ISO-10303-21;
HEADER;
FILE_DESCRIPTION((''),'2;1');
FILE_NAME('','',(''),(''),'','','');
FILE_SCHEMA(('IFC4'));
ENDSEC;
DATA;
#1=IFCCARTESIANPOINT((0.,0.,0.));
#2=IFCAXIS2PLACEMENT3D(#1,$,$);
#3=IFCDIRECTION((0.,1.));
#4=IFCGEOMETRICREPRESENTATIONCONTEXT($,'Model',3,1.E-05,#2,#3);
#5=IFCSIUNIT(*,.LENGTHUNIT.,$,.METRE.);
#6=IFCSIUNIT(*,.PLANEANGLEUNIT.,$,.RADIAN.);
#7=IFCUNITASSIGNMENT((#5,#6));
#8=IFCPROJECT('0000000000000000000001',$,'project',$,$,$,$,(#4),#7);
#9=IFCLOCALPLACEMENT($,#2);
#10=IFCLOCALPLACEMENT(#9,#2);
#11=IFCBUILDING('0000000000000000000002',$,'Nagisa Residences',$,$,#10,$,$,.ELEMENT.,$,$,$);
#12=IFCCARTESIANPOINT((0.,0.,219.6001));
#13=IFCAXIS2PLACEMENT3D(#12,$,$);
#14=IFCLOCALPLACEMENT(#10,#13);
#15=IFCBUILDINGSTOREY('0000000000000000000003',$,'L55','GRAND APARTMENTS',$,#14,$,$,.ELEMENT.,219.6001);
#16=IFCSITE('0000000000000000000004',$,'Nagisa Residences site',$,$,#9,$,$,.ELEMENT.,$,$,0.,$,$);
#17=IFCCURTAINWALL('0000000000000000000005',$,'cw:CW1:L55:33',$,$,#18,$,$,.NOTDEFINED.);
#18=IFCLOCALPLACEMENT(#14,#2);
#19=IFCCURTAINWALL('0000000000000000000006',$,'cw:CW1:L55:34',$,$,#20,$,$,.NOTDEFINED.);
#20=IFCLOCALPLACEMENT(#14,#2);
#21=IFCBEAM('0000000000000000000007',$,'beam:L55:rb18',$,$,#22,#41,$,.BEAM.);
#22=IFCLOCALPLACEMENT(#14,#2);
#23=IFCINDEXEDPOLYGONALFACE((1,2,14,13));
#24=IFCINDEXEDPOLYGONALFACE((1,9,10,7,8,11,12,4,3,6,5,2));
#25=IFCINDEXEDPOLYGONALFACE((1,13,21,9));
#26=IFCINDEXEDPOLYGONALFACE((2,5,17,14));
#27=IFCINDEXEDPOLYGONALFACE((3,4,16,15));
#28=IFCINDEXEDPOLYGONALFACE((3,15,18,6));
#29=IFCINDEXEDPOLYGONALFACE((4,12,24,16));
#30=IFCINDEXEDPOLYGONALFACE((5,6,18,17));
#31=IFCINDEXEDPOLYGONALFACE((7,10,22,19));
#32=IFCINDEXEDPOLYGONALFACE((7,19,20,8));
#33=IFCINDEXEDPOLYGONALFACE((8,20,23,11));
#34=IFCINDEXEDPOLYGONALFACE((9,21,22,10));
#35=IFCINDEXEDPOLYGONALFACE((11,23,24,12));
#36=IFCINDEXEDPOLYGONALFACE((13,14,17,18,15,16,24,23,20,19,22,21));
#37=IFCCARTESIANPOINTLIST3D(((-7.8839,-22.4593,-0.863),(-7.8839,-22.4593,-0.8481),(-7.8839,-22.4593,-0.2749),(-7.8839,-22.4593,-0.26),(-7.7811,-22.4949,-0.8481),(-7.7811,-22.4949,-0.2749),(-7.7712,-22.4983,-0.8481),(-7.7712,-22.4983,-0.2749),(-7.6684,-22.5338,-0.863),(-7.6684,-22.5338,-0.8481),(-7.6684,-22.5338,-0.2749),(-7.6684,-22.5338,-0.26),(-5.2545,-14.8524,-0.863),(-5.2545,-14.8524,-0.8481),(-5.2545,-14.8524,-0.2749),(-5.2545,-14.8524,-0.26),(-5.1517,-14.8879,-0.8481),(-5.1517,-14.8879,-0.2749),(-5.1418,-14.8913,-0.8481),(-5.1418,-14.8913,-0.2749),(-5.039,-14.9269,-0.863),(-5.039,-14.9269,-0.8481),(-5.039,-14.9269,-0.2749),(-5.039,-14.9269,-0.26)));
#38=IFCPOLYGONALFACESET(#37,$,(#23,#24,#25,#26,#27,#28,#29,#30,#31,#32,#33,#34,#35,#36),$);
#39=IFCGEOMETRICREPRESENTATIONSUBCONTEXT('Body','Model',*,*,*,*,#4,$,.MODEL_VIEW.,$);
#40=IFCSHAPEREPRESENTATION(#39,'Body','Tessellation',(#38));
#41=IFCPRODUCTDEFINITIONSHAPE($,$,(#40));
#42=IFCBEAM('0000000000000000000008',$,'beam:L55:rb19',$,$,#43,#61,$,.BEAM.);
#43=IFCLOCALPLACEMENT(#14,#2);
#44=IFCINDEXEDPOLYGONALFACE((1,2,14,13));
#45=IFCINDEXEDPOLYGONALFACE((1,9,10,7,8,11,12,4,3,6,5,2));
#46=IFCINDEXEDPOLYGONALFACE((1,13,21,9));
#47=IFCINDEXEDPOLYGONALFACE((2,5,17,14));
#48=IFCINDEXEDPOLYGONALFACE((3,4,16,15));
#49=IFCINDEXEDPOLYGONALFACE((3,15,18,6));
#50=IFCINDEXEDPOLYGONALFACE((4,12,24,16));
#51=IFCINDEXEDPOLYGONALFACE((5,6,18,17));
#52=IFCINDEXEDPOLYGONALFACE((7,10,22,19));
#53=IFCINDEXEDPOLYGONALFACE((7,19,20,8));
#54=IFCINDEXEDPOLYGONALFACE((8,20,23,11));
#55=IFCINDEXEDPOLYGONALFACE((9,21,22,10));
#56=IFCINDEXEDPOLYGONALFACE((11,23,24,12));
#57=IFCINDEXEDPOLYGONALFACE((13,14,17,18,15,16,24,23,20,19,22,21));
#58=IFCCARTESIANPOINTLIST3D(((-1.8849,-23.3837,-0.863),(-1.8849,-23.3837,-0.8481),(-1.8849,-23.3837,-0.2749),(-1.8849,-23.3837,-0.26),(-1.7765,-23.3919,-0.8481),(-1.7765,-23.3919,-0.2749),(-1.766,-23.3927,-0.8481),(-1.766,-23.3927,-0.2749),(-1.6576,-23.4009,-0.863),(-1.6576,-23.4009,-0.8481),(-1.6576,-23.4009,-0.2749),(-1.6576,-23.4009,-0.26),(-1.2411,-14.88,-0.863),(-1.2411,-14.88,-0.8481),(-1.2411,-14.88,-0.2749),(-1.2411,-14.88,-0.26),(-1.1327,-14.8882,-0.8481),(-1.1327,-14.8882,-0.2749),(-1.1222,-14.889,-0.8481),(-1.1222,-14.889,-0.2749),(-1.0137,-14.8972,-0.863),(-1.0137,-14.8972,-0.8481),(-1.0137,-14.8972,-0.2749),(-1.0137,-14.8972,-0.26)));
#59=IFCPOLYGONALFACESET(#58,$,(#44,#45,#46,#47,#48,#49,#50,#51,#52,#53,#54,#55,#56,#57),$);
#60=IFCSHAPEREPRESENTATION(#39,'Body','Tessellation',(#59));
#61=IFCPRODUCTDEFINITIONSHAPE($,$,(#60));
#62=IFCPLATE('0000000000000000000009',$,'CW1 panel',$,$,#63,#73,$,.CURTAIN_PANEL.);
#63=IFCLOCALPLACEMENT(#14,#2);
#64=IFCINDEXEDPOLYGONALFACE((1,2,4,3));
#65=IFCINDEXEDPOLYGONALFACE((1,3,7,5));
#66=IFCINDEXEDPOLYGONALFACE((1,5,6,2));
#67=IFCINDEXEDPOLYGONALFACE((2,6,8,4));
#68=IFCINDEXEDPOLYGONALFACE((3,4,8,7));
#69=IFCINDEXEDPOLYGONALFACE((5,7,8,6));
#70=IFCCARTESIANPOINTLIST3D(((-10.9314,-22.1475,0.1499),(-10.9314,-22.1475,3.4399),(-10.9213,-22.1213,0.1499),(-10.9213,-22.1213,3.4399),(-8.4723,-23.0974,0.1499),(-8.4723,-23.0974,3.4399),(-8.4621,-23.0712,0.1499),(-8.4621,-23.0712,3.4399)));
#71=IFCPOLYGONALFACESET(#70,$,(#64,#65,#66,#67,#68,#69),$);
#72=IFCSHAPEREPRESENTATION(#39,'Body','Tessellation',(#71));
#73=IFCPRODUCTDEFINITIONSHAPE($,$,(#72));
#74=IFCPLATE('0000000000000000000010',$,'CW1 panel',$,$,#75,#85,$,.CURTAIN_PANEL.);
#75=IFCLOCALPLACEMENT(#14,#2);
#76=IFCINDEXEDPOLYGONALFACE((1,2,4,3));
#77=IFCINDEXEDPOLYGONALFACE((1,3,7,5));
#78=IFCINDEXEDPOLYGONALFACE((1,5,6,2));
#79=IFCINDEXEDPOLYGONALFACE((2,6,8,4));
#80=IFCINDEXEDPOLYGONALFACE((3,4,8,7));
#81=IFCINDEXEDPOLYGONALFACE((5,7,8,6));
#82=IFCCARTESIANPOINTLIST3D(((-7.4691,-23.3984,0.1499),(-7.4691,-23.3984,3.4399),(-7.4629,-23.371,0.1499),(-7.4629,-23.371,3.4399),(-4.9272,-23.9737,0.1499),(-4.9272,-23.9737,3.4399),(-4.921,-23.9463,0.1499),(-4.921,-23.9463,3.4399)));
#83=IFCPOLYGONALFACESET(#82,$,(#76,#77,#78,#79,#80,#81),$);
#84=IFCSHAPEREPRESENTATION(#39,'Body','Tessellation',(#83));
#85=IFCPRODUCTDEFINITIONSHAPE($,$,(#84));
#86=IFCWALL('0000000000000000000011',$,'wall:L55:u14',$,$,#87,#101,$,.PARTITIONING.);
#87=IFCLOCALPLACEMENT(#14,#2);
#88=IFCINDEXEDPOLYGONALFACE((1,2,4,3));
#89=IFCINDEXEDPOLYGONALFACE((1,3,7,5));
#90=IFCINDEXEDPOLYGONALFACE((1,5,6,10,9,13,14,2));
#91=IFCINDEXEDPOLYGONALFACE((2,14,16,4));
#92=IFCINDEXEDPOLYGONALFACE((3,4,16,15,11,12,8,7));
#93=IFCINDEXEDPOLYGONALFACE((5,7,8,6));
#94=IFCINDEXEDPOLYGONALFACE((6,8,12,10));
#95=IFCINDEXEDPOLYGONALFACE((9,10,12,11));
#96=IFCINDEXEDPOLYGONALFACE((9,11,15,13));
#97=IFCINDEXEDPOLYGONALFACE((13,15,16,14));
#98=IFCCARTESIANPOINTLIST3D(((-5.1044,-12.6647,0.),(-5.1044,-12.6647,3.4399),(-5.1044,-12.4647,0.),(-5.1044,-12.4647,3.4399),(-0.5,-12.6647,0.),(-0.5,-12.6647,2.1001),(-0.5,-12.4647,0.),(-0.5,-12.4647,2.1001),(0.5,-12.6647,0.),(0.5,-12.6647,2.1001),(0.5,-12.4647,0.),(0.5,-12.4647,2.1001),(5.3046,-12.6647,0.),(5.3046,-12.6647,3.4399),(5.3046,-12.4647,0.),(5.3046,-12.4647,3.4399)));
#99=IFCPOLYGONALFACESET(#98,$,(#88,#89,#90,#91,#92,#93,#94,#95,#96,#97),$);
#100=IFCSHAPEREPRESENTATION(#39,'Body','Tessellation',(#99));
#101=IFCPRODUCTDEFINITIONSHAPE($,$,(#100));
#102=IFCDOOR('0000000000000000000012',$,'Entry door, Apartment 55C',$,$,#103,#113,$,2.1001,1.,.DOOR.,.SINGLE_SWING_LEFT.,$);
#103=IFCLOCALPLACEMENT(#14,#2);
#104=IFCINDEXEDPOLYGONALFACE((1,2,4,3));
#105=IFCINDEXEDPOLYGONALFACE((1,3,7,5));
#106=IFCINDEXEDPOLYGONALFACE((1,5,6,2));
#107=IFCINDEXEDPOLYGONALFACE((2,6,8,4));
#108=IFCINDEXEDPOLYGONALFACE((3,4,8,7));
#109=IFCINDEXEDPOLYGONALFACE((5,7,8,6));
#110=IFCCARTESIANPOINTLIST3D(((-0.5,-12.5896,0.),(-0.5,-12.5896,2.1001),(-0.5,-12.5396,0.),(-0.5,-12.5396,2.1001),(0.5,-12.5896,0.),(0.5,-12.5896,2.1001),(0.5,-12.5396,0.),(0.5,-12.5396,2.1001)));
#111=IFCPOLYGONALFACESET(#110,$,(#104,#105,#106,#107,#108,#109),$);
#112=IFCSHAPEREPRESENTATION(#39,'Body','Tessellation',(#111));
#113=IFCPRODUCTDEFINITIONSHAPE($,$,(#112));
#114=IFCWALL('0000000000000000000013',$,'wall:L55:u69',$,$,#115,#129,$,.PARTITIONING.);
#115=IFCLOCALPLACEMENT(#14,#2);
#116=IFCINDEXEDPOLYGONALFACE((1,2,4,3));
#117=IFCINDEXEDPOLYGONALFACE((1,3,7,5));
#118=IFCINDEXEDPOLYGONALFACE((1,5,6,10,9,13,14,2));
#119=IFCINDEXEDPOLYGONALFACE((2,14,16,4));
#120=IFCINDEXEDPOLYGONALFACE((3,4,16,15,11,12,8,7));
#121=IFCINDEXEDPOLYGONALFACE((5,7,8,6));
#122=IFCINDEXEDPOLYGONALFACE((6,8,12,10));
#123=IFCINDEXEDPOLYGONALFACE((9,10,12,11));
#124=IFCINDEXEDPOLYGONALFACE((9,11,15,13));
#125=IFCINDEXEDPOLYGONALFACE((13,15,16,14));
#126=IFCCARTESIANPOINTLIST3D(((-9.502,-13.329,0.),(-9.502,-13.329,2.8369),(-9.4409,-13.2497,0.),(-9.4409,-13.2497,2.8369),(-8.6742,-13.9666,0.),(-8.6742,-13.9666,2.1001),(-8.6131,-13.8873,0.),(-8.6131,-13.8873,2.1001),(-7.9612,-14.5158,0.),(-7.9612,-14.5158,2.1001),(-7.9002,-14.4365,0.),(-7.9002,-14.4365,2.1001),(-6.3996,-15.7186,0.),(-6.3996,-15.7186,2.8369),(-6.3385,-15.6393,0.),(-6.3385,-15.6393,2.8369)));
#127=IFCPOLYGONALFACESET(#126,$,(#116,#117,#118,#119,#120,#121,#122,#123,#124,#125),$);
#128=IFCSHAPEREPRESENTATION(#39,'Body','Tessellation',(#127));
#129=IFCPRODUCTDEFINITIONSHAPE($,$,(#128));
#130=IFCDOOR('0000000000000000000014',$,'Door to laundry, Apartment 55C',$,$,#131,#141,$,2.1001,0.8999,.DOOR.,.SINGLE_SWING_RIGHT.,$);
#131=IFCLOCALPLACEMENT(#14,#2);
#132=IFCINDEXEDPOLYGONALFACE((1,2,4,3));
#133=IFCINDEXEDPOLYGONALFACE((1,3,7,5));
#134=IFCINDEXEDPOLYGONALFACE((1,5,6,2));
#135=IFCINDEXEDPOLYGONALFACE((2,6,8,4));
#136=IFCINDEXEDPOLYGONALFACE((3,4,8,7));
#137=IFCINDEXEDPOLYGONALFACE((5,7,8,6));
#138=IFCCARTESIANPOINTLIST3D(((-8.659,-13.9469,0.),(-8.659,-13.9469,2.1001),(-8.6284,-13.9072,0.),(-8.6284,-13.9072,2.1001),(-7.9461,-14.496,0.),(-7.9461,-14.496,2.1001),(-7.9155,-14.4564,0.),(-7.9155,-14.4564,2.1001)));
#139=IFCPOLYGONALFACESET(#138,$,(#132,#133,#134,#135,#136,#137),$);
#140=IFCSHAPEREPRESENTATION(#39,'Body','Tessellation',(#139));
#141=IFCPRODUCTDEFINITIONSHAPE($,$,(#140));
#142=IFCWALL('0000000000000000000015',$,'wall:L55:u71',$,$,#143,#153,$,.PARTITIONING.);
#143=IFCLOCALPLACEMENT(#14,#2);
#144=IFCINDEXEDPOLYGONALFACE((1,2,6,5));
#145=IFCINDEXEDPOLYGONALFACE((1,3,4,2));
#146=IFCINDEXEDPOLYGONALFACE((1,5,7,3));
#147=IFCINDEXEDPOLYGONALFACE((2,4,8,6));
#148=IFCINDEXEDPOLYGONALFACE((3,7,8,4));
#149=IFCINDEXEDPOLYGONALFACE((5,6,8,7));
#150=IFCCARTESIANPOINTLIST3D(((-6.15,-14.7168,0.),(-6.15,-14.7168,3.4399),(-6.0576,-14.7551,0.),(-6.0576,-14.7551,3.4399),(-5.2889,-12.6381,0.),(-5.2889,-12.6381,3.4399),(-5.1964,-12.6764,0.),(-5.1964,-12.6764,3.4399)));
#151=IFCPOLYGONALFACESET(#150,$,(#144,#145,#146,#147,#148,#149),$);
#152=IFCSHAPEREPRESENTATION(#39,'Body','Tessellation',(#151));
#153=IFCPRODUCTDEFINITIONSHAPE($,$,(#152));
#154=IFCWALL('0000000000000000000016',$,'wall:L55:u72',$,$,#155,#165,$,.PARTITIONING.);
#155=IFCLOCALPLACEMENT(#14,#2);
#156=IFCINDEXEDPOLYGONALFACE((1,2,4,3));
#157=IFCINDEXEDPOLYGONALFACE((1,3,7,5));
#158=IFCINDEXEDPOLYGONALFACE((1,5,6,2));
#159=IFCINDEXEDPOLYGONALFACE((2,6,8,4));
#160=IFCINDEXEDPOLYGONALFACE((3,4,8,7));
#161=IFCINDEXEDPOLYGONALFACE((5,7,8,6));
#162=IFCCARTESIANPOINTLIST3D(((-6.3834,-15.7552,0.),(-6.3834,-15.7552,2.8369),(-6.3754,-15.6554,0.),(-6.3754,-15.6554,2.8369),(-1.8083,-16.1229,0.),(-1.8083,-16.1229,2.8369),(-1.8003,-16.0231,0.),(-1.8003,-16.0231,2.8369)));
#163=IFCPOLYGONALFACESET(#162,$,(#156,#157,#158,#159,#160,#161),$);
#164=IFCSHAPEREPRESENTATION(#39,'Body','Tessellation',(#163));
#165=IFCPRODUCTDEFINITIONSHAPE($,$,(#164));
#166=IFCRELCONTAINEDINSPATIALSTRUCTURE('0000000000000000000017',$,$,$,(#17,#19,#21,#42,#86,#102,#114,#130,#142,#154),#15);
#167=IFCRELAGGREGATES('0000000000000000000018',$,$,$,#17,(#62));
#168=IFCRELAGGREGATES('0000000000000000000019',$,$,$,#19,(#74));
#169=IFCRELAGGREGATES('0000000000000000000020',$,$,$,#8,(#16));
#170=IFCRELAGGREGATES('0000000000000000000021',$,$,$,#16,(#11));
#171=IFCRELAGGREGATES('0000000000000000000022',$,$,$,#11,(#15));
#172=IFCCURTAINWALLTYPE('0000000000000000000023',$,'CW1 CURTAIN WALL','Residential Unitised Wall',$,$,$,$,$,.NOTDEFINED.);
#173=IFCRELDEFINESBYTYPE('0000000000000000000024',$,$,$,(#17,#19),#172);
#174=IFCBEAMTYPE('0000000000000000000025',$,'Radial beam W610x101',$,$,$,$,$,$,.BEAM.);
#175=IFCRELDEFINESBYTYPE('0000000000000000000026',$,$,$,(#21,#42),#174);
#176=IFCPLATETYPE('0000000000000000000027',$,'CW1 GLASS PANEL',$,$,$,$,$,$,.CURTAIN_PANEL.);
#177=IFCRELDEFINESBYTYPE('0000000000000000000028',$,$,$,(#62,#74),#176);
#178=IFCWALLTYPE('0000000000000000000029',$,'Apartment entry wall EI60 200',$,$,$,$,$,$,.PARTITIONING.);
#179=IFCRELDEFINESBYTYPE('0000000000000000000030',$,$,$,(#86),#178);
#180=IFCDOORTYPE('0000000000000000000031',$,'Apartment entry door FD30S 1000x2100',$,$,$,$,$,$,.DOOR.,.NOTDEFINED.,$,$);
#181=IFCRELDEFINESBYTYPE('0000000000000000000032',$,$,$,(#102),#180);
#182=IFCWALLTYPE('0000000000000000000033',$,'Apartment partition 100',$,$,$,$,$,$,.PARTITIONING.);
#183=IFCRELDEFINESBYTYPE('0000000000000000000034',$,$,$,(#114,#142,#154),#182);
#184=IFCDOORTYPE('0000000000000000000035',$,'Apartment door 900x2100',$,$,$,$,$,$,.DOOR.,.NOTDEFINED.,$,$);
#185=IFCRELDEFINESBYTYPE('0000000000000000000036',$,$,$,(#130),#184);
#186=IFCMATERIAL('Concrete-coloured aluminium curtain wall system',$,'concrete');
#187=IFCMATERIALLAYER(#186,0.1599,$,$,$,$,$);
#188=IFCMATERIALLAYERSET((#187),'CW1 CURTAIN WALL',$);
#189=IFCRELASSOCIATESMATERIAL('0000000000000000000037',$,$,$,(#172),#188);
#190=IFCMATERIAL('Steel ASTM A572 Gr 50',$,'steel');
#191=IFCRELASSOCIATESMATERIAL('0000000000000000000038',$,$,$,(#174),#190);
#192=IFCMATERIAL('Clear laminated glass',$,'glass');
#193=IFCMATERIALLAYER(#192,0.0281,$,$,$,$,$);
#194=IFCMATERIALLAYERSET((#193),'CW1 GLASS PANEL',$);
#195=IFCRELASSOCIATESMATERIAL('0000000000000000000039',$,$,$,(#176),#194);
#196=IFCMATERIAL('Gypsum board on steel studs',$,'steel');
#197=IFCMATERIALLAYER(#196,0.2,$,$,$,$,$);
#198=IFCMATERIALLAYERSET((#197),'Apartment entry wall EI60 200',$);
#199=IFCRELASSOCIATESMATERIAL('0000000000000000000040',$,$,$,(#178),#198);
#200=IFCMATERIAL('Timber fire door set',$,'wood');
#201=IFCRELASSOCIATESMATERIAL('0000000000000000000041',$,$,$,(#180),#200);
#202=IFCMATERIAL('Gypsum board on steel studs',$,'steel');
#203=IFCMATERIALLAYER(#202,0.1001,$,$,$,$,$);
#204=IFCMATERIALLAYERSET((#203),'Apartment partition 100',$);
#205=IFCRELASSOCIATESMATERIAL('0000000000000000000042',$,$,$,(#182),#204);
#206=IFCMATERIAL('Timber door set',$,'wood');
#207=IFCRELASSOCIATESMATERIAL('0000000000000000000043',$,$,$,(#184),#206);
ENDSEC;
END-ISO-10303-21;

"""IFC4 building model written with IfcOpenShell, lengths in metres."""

from ifc_helpers import new_model, si_unit, direction, frame, frame_2d, origin, origin_2d, place, context, subcontext, project, spatial, rectangle, i_section, extrude, material, layer, layer_set, material_profile, profile_set, type_object, element, fill, aggregate, save


model = new_model("IFC4")

# Units and contexts
model_context = context("Model", 3, precision=1e-05, world=origin(), true_north=direction((0.0, 1.0)))
body_context = subcontext(model_context, "Body", "Model", "MODEL_VIEW")
ifc_project = project(units=[si_unit("LENGTHUNIT", "METRE"), si_unit("PLANEANGLEUNIT", "RADIAN")], contexts=[model_context])

# Site, building, storey
site_placement = place(None, origin())
site = spatial("IfcSite", under=ifc_project, at=site_placement, Name="Nagisa Residences site", CompositionType="ELEMENT", RefElevation=0.0)
building_placement = place(site_placement, origin())
building = spatial("IfcBuilding", under=site, at=building_placement, Name="Nagisa Residences", CompositionType="ELEMENT")
storey_placement = place(building_placement, frame((0.0, 0.0, 219.6001)))
storey = spatial("IfcBuildingStorey", under=building, at=storey_placement, Name="L55", Description="GRAND APARTMENTS", CompositionType="ELEMENT", Elevation=219.6001)

# Curtain walls
ifc_material_1 = material(Name="Concrete-coloured aluminium curtain wall system", Category="concrete")
ifc_layer_1 = layer(ifc_material_1, 0.1599)
ifc_layer_set_1 = layer_set([ifc_layer_1], Name="CW1 CURTAIN WALL")
curtain_wall_type = type_object("IfcCurtainWallType", Name="CW1 CURTAIN WALL", Description="Residential Unitised Wall", PredefinedType="NOTDEFINED", material=ifc_layer_set_1)
curtain_wall_1_placement = place(storey_placement, origin())
curtain_wall_1 = element("IfcCurtainWall", 1, at=curtain_wall_1_placement, inside=storey, type_object=curtain_wall_type, Name="cw:CW1:L55:33", PredefinedType="NOTDEFINED")
curtain_wall_2_placement = place(storey_placement, origin())
curtain_wall_2 = element("IfcCurtainWall", 2, at=curtain_wall_2_placement, inside=storey, type_object=curtain_wall_type, Name="cw:CW1:L55:34", PredefinedType="NOTDEFINED")

# Beams
ifc_material_2 = material(Name="Steel ASTM A572 Gr 50", Category="steel")
ifc_material_profile_1 = material_profile(ifc_material_2, i_section(OverallWidth=0.228, OverallDepth=0.603, WebThickness=0.0105, FlangeThickness=0.0149, at=origin_2d()), Name="W610x101")
ifc_profile_set_1 = profile_set([ifc_material_profile_1], Name="Steel ASTM A572 Gr 50")
beam_type_1 = type_object("IfcBeamType", Name="Radial beam W610x101", PredefinedType="BEAM", material=ifc_profile_set_1)
beam_1_placement = place(storey_placement, frame((-7.7761, -22.4966, -0.5615), z_axis=(0.326692, 0.945131, 0.0), x_axis=(-0.945131, 0.326692, 0.0)))
element("IfcBeam", 3, at=beam_1_placement, inside=storey, type_object=beam_type_1, Name="beam:L55:rb18", PredefinedType="BEAM", context=body_context, shape_type="SweptSolid", body=[
    extrude(i_section(OverallWidth=0.228, OverallDepth=0.603, WebThickness=0.0105, FlangeThickness=0.0149, at=origin_2d()), origin(), (0.0, 0.0, 1.0), 8.0486),
])
beam_2_placement = place(storey_placement, frame((-1.7712, -23.3923, -0.5615), z_axis=(0.075492, 0.997146, 0.0), x_axis=(-0.997146, 0.075492, 0.0)))
element("IfcBeam", 4, at=beam_2_placement, inside=storey, type_object=beam_type_1, Name="beam:L55:rb19", PredefinedType="BEAM", context=body_context, shape_type="SweptSolid", body=[
    extrude(i_section(OverallWidth=0.228, OverallDepth=0.603, WebThickness=0.0105, FlangeThickness=0.0149, at=origin_2d()), origin(), (0.0, 0.0, 1.0), 8.5281),
])

# Plates
ifc_material_3 = material(Name="Clear laminated glass", Category="glass")
ifc_layer_2 = layer(ifc_material_3, 0.0281)
ifc_layer_set_2 = layer_set([ifc_layer_2], Name="CW1 GLASS PANEL")
plate_type = type_object("IfcPlateType", Name="CW1 GLASS PANEL", PredefinedType="CURTAIN_PANEL", material=ifc_layer_set_2)
plate_1_placement = place(storey_placement, frame((-9.6968, -22.6094, 0.1499), z_axis=(0.0, 0.0, 1.0), x_axis=(0.932826, -0.360328, 0.0)))
plate_1 = element("IfcPlate", 5, at=plate_1_placement, type_object=plate_type, Name="CW1 panel", PredefinedType="CURTAIN_PANEL", context=body_context, shape_type="SweptSolid", body=[
    extrude(rectangle(XDim=2.6362, YDim=0.0281, at=origin_2d()), origin(), (0.0, 0.0, 1.0), 3.29),
])
aggregate(curtain_wall_1, [plate_1])
plate_2_placement = place(storey_placement, frame((-6.1951, -23.6724, 0.1499), z_axis=(0.0, 0.0, 1.0), x_axis=(0.975327, -0.220764, 0.0)))
plate_2 = element("IfcPlate", 6, at=plate_2_placement, type_object=plate_type, Name="CW1 panel", PredefinedType="CURTAIN_PANEL", context=body_context, shape_type="SweptSolid", body=[
    extrude(rectangle(XDim=2.6062, YDim=0.0281, at=origin_2d()), origin(), (0.0, 0.0, 1.0), 3.29),
])
aggregate(curtain_wall_2, [plate_2])

# Walls, openings, doors
ifc_material_4 = material(Name="Gypsum board on steel studs", Category="steel")
ifc_layer_3 = layer(ifc_material_4, 0.2)
ifc_layer_set_3 = layer_set([ifc_layer_3], Name="Apartment entry wall EI60 200")
wall_type_1 = type_object("IfcWallType", Name="Apartment entry wall EI60 200", PredefinedType="PARTITIONING", material=ifc_layer_set_3)
wall_1_placement = place(storey_placement, frame((-5.1045, -12.5647, 0.0), z_axis=(0.0, 0.0, 1.0), x_axis=(1.0, 0.0, 0.0)))
wall_1 = element("IfcWall", 7, at=wall_1_placement, inside=storey, type_object=wall_type_1, Name="wall:L55:u14", PredefinedType="PARTITIONING", context=body_context, shape_type="SweptSolid", body=[
    extrude(rectangle(XDim=10.4089, YDim=0.2, at=frame_2d((5.2046, 0.0))), origin(), (0.0, 0.0, 1.0), 3.4399),
])
opening_1_placement = place(wall_1_placement, frame((4.6045, 0.0, 0.0)))
opening_1 = element("IfcOpeningElement", 8, at=opening_1_placement, cuts=wall_1, PredefinedType="OPENING", context=body_context, shape_type="SweptSolid", body=[
    extrude(rectangle(XDim=1.0, YDim=2.1001, at=frame_2d((0.5, 1.05))), frame((0.0, 0.1099, 0.0), z_axis=(0.0, -1.0, 0.0), x_axis=(1.0, 0.0, 0.0)), (0.0, 0.0, 1.0), 0.22),
])
ifc_material_5 = material(Name="Timber fire door set", Category="wood")
door_type_1 = type_object("IfcDoorType", Name="Apartment entry door FD30S 1000x2100", OperationType="NOTDEFINED", PredefinedType="DOOR", material=ifc_material_5)
door_1_placement = place(opening_1_placement, frame((1.0, 0.0, 0.0), x_axis=(-1.0, 0.0, 0.0)))
door_1 = element("IfcDoor", 9, at=door_1_placement, inside=storey, type_object=door_type_1, Name="Entry door, Apartment 55C", OperationType="SINGLE_SWING_LEFT", OverallHeight=2.1001, OverallWidth=1.0, PredefinedType="DOOR", context=body_context, shape_type="SweptSolid", body=[
    extrude(rectangle(XDim=1.0, YDim=2.1001, at=frame_2d((0.5, 1.05))), frame((0.0, 0.0249, 0.0), z_axis=(0.0, -1.0, 0.0), x_axis=(1.0, 0.0, 0.0)), (0.0, 0.0, 1.0), 0.05),
])
fill(opening_1, door_1)
ifc_material_6 = material(Name="Gypsum board on steel studs", Category="steel")
ifc_layer_4 = layer(ifc_material_6, 0.1001)
ifc_layer_set_4 = layer_set([ifc_layer_4], Name="Apartment partition 100")
wall_type_2 = type_object("IfcWallType", Name="Apartment partition 100", PredefinedType="PARTITIONING", material=ifc_layer_set_4)
wall_2_placement = place(storey_placement, frame((-9.4714, -13.2893, 0.0), z_axis=(0.0, 0.0, 1.0), x_axis=(0.792221, -0.610235, 0.0)))
wall_2 = element("IfcWall", 10, at=wall_2_placement, inside=storey, type_object=wall_type_2, Name="wall:L55:u69", PredefinedType="PARTITIONING", context=body_context, shape_type="SweptSolid", body=[
    extrude(rectangle(XDim=3.916, YDim=0.1001, at=frame_2d((1.958, 0.0))), origin(), (0.0, 0.0, 1.0), 2.8369),
])
opening_2_placement = place(wall_2_placement, frame((1.0449, 0.0, 0.0)))
opening_2 = element("IfcOpeningElement", 11, at=opening_2_placement, cuts=wall_2, PredefinedType="OPENING", context=body_context, shape_type="SweptSolid", body=[
    extrude(rectangle(XDim=0.8999, YDim=2.1001, at=frame_2d((0.45, 1.05))), frame((0.0, 0.0601, 0.0), z_axis=(0.0, -1.0, 0.0), x_axis=(1.0, 0.0, 0.0)), (0.0, 0.0, 1.0), 0.1201),
])
ifc_material_7 = material(Name="Timber door set", Category="wood")
door_type_2 = type_object("IfcDoorType", Name="Apartment door 900x2100", OperationType="NOTDEFINED", PredefinedType="DOOR", material=ifc_material_7)
door_2_placement = place(opening_2_placement, origin())
door_2 = element("IfcDoor", 12, at=door_2_placement, inside=storey, type_object=door_type_2, Name="Door to laundry, Apartment 55C", OperationType="SINGLE_SWING_RIGHT", OverallHeight=2.1001, OverallWidth=0.8999, PredefinedType="DOOR", context=body_context, shape_type="SweptSolid", body=[
    extrude(rectangle(XDim=0.8999, YDim=2.1001, at=frame_2d((0.45, 1.05))), frame((0.0, 0.0249, 0.0), z_axis=(0.0, -1.0, 0.0), x_axis=(1.0, 0.0, 0.0)), (0.0, 0.0, 1.0), 0.05),
])
fill(opening_2, door_2)

# Walls
wall_3_placement = place(storey_placement, frame((-5.2427, -12.6572, 0.0), z_axis=(0.0, 0.0, 1.0), x_axis=(-0.382719, -0.923865, 0.0)))
element("IfcWall", 13, at=wall_3_placement, inside=storey, type_object=wall_type_2, Name="wall:L55:u71", PredefinedType="PARTITIONING", context=body_context, shape_type="SweptSolid", body=[
    extrude(rectangle(XDim=2.25, YDim=0.1001, at=frame_2d((1.125, 0.0))), origin(), (0.0, 0.0, 1.0), 3.4399),
])
wall_4_placement = place(storey_placement, frame((-6.3794, -15.7053, 0.0), z_axis=(0.0, 0.0, 1.0), x_axis=(0.996786, -0.080105, 0.0)))
element("IfcWall", 14, at=wall_4_placement, inside=storey, type_object=wall_type_2, Name="wall:L55:u72", PredefinedType="PARTITIONING", context=body_context, shape_type="SweptSolid", body=[
    extrude(rectangle(XDim=4.5898, YDim=0.1001, at=frame_2d((2.2949, 0.0))), origin(), (0.0, 0.0, 1.0), 2.8369),
])

save(model, "model.ifc")
